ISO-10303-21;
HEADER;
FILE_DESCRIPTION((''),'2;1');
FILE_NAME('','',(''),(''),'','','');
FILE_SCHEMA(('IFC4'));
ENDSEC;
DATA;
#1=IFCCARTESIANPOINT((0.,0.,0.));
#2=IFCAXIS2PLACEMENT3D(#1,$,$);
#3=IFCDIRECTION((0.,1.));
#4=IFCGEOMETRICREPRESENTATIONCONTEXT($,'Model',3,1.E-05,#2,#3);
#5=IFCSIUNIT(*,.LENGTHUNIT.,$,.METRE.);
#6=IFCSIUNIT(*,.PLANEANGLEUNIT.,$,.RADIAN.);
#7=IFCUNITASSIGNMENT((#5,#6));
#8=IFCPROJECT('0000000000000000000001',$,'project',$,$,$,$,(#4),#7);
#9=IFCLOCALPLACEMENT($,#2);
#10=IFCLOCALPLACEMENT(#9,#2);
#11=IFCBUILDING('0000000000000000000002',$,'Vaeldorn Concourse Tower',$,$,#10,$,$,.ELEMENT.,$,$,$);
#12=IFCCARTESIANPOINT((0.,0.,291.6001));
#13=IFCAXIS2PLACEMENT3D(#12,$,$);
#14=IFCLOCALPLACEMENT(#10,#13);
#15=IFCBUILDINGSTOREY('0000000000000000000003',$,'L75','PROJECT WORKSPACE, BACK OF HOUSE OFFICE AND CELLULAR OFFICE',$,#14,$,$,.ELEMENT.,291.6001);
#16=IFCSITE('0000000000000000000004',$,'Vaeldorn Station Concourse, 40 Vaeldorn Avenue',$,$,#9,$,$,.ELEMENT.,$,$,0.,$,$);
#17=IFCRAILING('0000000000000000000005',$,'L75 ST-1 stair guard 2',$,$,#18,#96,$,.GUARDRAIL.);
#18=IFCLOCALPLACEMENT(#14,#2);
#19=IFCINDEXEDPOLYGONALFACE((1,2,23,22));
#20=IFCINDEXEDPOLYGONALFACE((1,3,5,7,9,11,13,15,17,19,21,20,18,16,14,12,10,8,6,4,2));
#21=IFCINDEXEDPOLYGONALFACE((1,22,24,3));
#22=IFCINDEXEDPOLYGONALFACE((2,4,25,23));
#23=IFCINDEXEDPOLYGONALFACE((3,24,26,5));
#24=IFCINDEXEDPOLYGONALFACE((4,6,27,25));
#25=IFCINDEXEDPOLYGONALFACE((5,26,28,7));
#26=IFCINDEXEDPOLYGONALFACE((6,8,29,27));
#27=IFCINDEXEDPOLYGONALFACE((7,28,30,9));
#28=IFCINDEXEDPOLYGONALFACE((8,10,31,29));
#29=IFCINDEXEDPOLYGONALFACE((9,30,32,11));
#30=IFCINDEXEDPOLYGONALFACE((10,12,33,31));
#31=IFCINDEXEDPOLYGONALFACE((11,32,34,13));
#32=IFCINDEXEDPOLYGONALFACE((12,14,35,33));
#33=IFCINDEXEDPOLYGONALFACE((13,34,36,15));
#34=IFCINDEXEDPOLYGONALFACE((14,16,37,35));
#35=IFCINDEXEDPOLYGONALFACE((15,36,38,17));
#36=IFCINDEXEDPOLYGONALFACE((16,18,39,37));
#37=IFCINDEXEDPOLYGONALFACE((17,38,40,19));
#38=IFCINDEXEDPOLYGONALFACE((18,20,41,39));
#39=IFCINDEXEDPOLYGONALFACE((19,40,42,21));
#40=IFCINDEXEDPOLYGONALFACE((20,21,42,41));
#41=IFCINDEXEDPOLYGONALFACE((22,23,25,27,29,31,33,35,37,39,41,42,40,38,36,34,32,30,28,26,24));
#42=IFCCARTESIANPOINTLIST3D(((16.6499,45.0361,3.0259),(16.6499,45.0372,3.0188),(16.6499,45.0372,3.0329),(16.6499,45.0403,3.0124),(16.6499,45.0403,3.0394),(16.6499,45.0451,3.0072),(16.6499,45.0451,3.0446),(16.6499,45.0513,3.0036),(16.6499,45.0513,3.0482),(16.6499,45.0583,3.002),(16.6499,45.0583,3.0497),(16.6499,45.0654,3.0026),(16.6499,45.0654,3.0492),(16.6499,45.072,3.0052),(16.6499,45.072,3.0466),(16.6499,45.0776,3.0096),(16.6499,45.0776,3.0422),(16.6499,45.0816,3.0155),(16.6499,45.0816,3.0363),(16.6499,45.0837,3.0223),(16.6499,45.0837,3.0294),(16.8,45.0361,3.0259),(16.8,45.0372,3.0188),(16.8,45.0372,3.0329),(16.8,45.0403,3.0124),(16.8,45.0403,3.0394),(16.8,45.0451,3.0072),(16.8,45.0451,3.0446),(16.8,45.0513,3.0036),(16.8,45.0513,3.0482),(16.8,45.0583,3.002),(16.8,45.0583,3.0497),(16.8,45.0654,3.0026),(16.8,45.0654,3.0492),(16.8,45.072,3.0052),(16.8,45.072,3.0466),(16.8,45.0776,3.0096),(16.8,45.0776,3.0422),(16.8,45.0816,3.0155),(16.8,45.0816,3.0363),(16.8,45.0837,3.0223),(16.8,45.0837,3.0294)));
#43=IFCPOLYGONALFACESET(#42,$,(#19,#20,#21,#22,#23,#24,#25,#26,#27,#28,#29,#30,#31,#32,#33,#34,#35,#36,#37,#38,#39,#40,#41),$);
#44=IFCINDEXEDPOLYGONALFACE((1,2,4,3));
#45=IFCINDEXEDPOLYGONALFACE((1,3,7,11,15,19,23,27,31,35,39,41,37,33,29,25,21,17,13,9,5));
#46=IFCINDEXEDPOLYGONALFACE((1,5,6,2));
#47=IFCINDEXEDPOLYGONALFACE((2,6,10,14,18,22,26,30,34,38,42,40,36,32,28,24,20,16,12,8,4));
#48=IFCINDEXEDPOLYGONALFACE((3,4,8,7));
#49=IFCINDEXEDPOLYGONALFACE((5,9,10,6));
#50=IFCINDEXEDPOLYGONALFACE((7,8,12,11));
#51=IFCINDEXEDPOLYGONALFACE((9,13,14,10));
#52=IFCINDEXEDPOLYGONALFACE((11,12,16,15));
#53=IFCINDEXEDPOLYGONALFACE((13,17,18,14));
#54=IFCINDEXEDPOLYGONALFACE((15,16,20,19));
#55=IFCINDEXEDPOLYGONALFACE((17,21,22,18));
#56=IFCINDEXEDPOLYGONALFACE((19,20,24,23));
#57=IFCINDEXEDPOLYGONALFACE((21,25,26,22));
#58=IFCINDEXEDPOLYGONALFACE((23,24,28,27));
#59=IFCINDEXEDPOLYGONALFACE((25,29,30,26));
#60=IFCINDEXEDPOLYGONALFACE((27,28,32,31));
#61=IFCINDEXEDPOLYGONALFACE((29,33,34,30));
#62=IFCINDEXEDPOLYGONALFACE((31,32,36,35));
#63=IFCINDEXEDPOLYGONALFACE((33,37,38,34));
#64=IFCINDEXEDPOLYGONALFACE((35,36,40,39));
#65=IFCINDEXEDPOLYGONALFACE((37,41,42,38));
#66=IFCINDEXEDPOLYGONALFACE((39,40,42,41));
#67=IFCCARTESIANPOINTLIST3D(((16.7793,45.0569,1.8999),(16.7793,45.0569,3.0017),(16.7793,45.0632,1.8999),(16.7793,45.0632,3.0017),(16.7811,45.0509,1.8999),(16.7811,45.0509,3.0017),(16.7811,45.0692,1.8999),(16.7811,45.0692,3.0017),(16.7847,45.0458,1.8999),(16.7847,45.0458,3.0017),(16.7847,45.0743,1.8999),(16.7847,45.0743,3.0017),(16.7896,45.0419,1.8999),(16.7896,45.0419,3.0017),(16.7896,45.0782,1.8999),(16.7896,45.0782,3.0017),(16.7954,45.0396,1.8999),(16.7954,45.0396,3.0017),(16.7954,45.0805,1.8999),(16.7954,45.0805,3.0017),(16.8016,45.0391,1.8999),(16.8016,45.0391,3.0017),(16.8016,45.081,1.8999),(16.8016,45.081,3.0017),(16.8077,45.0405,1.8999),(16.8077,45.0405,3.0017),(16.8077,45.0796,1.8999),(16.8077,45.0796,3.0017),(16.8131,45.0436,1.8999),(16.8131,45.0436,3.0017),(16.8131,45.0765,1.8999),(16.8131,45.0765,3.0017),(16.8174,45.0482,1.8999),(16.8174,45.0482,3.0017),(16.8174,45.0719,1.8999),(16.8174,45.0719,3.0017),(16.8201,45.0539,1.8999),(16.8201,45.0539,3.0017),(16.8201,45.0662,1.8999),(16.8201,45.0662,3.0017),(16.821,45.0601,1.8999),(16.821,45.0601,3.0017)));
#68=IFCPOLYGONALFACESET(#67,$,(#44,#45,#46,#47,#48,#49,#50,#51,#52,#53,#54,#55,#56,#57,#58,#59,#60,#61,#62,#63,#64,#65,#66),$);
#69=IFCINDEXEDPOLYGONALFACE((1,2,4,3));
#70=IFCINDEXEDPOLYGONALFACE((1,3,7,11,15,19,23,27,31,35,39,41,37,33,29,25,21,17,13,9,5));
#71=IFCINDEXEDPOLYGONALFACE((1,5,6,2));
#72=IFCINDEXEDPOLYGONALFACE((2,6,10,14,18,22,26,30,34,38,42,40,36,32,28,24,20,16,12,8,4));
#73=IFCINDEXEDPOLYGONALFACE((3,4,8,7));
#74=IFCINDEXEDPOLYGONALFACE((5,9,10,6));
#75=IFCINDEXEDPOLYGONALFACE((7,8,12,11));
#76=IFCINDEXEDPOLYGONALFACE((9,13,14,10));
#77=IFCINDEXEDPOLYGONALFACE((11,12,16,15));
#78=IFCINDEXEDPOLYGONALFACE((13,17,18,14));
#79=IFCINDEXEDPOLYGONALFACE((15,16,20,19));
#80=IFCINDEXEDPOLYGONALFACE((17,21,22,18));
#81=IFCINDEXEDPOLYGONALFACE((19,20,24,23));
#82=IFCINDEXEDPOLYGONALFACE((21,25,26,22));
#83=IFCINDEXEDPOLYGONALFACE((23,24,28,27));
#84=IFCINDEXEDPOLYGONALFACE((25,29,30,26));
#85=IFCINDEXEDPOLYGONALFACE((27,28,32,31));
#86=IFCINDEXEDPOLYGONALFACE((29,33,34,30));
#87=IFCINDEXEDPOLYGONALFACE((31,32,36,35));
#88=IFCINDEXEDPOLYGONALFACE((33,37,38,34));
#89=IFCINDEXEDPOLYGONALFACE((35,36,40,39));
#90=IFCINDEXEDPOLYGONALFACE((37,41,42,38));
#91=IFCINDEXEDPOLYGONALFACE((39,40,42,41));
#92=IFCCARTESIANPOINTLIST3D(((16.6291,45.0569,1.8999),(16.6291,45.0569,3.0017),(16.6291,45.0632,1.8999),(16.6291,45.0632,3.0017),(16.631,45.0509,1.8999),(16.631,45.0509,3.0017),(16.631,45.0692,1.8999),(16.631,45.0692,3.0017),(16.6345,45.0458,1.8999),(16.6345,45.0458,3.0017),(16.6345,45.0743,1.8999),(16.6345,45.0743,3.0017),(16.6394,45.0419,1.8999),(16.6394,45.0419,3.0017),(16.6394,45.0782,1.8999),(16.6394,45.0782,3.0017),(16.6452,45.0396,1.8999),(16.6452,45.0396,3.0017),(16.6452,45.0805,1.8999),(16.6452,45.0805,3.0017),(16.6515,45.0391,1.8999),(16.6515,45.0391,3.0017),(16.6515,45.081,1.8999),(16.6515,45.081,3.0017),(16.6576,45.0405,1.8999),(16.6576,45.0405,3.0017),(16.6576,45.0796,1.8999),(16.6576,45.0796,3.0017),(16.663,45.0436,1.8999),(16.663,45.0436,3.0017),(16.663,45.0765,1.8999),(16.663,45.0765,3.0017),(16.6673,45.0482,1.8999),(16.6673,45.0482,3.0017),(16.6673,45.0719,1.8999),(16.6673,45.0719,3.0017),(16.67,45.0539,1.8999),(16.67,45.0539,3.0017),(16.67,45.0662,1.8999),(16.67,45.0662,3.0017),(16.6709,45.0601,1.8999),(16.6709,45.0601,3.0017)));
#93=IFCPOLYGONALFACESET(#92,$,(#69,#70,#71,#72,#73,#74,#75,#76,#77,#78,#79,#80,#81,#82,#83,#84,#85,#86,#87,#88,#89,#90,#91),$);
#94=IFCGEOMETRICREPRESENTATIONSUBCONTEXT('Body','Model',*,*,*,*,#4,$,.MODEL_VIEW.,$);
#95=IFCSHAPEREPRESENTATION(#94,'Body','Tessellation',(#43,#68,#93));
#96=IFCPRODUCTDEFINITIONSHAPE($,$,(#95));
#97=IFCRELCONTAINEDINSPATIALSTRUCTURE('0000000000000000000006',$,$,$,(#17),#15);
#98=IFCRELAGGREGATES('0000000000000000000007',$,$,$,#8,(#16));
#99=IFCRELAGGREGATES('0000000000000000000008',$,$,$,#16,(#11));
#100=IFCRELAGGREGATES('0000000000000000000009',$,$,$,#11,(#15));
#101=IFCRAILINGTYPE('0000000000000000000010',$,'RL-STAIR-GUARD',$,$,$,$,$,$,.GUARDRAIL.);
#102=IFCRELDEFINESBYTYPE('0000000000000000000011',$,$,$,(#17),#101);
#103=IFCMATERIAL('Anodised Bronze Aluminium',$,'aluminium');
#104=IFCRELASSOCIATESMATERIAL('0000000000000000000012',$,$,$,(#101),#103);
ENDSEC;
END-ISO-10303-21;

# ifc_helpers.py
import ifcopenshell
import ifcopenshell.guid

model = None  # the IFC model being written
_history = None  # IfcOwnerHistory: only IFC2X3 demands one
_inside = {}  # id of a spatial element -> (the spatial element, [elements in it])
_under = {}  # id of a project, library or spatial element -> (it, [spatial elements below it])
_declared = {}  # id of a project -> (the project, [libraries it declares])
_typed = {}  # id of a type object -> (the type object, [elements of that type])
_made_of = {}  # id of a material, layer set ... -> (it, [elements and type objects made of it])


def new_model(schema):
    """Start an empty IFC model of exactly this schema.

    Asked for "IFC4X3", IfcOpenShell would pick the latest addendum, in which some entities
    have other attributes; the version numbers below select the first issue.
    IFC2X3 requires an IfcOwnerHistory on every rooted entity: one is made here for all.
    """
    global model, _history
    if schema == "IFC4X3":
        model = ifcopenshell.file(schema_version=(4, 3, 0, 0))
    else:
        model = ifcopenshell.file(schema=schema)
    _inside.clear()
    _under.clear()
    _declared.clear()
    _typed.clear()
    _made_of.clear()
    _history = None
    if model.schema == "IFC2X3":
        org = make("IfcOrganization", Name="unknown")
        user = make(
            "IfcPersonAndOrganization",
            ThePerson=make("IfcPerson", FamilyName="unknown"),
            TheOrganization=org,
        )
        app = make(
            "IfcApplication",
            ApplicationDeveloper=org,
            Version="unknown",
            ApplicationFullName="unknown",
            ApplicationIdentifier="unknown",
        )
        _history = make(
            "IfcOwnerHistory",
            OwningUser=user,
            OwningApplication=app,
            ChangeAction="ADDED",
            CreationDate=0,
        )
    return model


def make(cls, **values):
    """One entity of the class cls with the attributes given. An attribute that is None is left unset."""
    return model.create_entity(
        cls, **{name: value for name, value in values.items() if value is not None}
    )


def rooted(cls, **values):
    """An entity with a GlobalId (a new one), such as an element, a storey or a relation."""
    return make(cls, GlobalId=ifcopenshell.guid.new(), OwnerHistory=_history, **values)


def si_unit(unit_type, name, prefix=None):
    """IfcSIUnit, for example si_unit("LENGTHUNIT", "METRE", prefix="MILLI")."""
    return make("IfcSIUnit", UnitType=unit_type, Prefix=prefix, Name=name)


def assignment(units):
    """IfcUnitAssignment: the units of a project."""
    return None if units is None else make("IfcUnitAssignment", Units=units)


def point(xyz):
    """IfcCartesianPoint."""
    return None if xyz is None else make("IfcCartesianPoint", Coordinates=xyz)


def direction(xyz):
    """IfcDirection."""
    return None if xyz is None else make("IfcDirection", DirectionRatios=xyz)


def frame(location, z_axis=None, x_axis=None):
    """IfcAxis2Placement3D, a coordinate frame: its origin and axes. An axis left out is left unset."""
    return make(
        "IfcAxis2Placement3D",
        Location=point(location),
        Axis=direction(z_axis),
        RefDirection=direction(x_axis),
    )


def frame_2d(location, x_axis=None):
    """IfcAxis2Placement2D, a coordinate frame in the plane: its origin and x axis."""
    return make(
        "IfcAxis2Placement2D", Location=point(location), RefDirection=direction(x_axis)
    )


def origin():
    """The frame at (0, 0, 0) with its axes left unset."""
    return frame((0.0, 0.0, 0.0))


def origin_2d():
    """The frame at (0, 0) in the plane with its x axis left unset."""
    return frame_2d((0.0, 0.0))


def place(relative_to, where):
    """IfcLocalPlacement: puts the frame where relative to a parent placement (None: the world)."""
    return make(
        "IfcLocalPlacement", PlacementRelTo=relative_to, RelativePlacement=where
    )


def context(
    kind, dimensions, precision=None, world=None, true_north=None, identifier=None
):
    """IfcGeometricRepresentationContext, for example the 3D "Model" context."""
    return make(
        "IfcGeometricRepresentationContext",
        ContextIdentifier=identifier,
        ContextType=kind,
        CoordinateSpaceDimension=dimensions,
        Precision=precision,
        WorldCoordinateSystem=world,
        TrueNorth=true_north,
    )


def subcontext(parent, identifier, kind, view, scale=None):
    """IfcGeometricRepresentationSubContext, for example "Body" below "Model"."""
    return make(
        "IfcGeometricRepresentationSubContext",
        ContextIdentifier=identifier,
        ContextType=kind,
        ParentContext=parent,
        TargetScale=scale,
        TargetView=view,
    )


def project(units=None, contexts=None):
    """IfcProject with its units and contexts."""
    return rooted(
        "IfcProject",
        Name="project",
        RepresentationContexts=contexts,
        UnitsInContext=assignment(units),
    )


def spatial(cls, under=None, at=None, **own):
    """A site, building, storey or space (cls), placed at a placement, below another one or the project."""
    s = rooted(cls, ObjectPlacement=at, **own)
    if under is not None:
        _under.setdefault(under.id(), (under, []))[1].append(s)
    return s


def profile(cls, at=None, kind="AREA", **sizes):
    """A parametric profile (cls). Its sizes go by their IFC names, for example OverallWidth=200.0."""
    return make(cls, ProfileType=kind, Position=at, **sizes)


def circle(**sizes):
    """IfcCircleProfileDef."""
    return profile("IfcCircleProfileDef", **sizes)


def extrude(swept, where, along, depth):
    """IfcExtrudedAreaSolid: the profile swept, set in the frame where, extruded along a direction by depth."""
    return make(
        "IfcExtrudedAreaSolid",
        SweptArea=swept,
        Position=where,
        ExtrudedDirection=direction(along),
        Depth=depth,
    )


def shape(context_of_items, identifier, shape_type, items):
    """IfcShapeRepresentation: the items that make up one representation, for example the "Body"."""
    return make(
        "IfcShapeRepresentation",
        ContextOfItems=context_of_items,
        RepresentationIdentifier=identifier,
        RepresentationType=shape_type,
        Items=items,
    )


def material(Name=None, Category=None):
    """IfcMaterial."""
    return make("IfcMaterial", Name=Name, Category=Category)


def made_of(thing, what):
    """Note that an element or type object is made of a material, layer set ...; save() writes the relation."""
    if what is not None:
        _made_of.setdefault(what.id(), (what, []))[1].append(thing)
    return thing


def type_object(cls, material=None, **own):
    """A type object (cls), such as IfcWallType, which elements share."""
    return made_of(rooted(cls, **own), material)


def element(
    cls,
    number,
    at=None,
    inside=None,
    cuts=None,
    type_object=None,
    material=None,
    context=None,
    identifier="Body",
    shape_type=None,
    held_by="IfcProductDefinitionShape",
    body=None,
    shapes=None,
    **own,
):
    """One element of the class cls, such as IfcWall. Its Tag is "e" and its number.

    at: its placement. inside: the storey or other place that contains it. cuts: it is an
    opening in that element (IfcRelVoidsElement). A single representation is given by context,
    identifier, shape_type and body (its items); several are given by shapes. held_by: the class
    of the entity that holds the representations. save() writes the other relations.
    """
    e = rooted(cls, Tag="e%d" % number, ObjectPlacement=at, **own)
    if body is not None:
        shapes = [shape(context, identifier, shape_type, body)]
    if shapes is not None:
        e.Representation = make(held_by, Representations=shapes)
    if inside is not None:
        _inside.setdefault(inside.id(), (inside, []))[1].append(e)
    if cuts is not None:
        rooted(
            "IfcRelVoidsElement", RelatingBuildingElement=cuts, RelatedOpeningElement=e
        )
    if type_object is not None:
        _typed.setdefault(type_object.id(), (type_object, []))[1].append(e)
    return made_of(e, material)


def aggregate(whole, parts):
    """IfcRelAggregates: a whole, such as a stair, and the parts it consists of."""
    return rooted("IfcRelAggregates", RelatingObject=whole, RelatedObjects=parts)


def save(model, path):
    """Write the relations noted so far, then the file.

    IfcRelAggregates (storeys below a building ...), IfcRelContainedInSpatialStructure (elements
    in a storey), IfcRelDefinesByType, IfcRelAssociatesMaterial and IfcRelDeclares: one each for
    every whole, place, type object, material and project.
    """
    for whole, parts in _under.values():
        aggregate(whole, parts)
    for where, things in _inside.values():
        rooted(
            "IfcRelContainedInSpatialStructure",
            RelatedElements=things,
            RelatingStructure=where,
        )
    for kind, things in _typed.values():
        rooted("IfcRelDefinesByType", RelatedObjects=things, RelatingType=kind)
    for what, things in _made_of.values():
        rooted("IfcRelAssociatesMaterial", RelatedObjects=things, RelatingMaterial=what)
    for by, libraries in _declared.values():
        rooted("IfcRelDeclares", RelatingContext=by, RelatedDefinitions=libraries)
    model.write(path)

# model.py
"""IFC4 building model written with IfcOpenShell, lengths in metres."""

from ifc_helpers import new_model, si_unit, direction, frame, origin, origin_2d, place, context, subcontext, project, spatial, circle, extrude, material, type_object, element, save


model = new_model("IFC4")

# Units and contexts
model_context = context("Model", 3, precision=1e-05, world=origin(), true_north=direction((0.0, 1.0)))
body_context = subcontext(model_context, "Body", "Model", "MODEL_VIEW")
ifc_project = project(units=[si_unit("LENGTHUNIT", "METRE"), si_unit("PLANEANGLEUNIT", "RADIAN")], contexts=[model_context])

# Site, building, storey
site_placement = place(None, origin())
site = spatial("IfcSite", under=ifc_project, at=site_placement, Name="Vaeldorn Station Concourse, 40 Vaeldorn Avenue", CompositionType="ELEMENT", RefElevation=0.0)
building_placement = place(site_placement, origin())
building = spatial("IfcBuilding", under=site, at=building_placement, Name="Vaeldorn Concourse Tower", CompositionType="ELEMENT")
storey_placement = place(building_placement, frame((0.0, 0.0, 291.6001)))
storey = spatial("IfcBuildingStorey", under=building, at=storey_placement, Name="L75", Description="PROJECT WORKSPACE, BACK OF HOUSE OFFICE AND CELLULAR OFFICE", CompositionType="ELEMENT", Elevation=291.6001)

# Shared definitions
ifc_material_1 = material(Name="Anodised Bronze Aluminium", Category="aluminium")

# Railing
railing_type_1 = type_object("IfcRailingType", Name="RL-STAIR-GUARD", PredefinedType="GUARDRAIL", material=ifc_material_1)
railing_1_placement = place(storey_placement, frame((16.8, 45.0601, 1.8999)))
element("IfcRailing", 1, at=railing_1_placement, inside=storey, type_object=railing_type_1, Name="L75 ST-1 stair guard 2", PredefinedType="GUARDRAIL", context=body_context, shape_type="SweptSolid", body=[
    extrude(circle(Radius=0.0239, at=origin_2d()), frame((0.0, 0.0, 1.126), z_axis=(-1.0, 0.0, 0.0), x_axis=(0.0, -1.0, 0.0)), (0.0, 0.0, 1.0), 0.1501),
    extrude(circle(Radius=0.021, at=origin_2d()), origin(), (0.0, 0.0, 1.0), 1.1018),
    extrude(circle(Radius=0.021, at=origin_2d()), frame((-0.1501, 0.0, 0.0)), (0.0, 0.0, 1.0), 1.1018),
])

save(model, "model.ifc")
